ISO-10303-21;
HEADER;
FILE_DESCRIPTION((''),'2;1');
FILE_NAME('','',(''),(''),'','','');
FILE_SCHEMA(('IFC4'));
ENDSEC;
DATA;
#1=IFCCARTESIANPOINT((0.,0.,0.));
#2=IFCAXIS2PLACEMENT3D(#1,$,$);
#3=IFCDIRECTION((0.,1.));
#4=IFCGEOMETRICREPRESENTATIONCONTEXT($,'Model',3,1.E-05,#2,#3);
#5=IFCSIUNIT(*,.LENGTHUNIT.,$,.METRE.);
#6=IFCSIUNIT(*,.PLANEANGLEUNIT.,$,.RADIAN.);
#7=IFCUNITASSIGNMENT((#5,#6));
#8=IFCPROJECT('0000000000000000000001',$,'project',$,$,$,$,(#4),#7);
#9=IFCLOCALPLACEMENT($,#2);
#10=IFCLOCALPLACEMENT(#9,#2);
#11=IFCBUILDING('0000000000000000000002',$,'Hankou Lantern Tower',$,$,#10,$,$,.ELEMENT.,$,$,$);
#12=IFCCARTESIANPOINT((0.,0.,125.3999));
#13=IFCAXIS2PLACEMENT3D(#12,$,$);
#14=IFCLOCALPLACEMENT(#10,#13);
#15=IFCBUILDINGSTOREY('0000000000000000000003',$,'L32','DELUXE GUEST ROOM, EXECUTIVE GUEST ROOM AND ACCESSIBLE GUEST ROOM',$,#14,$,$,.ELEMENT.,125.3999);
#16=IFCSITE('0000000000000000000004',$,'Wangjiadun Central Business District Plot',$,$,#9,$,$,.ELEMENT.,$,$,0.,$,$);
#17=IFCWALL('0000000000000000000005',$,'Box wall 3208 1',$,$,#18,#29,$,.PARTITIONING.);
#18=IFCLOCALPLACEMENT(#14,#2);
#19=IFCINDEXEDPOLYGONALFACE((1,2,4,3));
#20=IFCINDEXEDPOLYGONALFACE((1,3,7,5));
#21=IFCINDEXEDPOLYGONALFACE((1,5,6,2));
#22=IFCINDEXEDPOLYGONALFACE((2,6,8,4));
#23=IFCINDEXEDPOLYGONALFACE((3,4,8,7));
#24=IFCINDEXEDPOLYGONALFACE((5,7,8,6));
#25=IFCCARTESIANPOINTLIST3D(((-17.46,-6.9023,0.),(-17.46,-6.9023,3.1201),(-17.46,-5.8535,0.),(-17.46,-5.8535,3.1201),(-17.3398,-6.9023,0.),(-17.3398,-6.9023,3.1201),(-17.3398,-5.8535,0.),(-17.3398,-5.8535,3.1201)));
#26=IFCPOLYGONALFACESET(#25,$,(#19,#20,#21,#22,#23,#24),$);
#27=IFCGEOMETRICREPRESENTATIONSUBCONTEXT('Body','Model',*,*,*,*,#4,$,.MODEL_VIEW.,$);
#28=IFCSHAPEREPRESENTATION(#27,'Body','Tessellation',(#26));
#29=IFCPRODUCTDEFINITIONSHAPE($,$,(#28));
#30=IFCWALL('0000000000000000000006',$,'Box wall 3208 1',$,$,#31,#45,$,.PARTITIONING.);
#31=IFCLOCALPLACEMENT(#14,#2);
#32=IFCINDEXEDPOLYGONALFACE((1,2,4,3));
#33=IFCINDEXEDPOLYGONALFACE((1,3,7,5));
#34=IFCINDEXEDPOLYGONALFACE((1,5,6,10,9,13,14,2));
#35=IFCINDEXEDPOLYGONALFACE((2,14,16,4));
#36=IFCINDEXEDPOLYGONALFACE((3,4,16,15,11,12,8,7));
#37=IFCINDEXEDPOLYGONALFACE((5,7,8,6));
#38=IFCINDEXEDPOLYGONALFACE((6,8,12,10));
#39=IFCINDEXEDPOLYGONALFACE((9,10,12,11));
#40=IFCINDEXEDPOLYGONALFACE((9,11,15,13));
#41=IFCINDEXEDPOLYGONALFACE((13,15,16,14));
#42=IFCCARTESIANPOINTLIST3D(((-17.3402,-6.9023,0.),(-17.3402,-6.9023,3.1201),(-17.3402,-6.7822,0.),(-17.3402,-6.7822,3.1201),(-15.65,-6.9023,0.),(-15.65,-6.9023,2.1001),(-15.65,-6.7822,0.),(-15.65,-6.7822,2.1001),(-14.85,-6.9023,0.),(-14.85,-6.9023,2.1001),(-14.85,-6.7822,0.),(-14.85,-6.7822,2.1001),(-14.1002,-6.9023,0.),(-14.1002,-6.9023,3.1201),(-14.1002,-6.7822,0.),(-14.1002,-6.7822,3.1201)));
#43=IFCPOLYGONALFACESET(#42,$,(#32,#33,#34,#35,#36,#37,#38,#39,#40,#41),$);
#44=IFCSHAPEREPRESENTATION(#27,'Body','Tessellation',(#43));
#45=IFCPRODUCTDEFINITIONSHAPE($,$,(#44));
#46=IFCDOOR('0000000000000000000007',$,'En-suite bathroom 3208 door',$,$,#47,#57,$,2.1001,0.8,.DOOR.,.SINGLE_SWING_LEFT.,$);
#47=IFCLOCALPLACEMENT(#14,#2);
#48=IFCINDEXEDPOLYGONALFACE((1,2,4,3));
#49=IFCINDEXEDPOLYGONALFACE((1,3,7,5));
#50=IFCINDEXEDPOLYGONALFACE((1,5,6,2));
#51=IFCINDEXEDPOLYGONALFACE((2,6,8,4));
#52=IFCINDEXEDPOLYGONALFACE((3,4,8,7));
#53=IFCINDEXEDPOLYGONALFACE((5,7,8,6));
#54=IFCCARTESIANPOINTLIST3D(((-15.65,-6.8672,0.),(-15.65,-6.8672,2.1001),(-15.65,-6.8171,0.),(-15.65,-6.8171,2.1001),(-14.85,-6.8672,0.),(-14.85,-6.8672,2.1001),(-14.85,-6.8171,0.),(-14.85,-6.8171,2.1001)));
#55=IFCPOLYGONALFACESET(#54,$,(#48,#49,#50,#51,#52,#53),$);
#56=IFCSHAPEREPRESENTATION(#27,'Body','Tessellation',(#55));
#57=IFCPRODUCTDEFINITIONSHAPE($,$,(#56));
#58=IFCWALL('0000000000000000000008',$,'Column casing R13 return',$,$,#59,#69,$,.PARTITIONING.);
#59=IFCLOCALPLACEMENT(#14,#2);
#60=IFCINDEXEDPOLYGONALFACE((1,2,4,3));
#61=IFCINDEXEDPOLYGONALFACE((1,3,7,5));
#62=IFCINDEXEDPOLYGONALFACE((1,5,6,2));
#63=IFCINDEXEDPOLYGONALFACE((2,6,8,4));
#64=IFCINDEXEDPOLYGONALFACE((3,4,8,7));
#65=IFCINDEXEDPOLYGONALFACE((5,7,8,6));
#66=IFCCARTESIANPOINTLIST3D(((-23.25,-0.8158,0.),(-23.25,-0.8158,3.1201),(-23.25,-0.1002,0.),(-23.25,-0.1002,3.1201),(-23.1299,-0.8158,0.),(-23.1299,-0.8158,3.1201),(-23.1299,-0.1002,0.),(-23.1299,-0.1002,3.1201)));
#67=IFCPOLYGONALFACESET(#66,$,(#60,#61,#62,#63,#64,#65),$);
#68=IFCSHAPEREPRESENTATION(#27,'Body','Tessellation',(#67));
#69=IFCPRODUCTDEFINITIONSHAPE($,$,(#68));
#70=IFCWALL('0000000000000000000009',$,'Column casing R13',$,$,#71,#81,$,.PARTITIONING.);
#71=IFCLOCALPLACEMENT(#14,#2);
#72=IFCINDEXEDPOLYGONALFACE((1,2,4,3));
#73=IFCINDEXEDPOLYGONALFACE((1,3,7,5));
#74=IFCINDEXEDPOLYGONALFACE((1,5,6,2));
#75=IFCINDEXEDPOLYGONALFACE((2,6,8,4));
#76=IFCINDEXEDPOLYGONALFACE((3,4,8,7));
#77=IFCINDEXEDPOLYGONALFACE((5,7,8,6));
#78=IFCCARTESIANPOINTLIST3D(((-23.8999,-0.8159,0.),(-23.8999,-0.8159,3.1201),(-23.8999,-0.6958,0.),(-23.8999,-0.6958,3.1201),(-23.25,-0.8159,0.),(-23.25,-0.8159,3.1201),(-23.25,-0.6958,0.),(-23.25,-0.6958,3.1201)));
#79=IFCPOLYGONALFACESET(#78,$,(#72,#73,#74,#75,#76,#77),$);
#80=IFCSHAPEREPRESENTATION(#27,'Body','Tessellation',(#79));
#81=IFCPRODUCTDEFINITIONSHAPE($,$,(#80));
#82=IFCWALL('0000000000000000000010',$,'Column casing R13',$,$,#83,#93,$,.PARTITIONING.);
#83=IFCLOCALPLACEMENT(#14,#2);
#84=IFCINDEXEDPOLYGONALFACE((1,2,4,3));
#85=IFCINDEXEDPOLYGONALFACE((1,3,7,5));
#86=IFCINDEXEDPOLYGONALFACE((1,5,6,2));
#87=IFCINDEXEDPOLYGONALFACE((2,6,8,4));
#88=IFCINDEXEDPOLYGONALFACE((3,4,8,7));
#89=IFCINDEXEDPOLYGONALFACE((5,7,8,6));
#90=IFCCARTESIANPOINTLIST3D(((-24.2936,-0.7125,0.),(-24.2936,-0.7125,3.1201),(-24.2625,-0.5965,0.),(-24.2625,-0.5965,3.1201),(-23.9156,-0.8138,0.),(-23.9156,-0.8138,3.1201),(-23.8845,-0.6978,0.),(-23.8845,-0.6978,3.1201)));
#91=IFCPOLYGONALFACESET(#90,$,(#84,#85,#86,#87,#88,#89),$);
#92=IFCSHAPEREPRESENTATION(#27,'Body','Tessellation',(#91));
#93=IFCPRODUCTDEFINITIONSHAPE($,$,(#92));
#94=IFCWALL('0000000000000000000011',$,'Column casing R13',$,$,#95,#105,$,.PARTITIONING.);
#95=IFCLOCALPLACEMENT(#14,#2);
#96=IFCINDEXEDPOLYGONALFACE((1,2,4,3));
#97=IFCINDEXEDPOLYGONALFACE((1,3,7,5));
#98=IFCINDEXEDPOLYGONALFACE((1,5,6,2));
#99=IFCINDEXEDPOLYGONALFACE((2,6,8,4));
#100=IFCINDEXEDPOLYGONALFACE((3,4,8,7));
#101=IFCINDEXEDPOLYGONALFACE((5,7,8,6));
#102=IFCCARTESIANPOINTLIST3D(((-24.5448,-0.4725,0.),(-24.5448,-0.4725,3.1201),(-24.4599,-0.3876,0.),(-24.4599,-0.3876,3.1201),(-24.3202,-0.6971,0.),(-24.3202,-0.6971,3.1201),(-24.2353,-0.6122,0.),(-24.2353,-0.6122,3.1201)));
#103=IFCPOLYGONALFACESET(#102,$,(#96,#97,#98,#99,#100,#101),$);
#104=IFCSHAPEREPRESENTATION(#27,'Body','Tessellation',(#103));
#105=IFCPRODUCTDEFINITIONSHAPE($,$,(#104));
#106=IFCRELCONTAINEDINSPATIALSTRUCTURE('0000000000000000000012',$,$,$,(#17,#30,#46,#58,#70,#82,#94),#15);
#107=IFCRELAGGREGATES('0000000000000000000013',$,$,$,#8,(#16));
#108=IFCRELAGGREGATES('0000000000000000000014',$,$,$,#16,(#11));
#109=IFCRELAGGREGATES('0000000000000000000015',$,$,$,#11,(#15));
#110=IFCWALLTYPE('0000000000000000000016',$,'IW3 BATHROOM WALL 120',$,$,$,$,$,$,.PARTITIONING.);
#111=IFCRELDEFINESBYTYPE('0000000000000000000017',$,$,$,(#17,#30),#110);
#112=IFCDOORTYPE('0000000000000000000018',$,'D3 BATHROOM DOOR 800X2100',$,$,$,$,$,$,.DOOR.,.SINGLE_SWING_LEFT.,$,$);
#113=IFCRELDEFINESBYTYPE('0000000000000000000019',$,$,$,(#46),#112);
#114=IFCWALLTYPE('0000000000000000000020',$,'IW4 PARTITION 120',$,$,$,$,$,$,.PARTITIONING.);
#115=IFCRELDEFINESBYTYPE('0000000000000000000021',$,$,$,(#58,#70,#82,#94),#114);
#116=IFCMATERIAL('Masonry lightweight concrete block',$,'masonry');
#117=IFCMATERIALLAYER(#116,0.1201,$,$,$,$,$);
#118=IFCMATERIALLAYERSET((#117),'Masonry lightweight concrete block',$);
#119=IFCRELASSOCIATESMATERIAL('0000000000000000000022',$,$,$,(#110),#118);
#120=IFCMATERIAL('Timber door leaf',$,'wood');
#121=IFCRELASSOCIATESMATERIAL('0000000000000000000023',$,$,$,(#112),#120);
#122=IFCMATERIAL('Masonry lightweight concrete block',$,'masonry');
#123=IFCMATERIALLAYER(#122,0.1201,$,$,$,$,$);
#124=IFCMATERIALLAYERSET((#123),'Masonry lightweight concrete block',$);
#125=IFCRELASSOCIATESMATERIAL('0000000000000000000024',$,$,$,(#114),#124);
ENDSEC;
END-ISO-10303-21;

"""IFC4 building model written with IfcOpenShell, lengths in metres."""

from ifc_helpers import new_model, si_unit, direction, frame, frame_2d, origin, place, context, subcontext, project, spatial, rectangle, extrude, material, layer, layer_set, type_object, element, fill, save


model = new_model("IFC4")

# Units and contexts
model_context = context("Model", 3, precision=1e-05, world=origin(), true_north=direction((0.0, 1.0)))
body_context = subcontext(model_context, "Body", "Model", "MODEL_VIEW")
ifc_project = project(units=[si_unit("LENGTHUNIT", "METRE"), si_unit("PLANEANGLEUNIT", "RADIAN")], contexts=[model_context])

# Site, building, storey
site_placement = place(None, origin())
site = spatial("IfcSite", under=ifc_project, at=site_placement, Name="Wangjiadun Central Business District Plot", CompositionType="ELEMENT", RefElevation=0.0)
building_placement = place(site_placement, origin())
building = spatial("IfcBuilding", under=site, at=building_placement, Name="Hankou Lantern Tower", CompositionType="ELEMENT")
storey_placement = place(building_placement, frame((0.0, 0.0, 125.3999)))
storey = spatial("IfcBuildingStorey", under=building, at=storey_placement, Name="L32", Description="DELUXE GUEST ROOM, EXECUTIVE GUEST ROOM AND ACCESSIBLE GUEST ROOM", CompositionType="ELEMENT", Elevation=125.3999)

# Shared definitions
ifc_material_1 = material(Name="Masonry lightweight concrete block", Category="masonry")
ifc_layer_1 = layer(ifc_material_1, 0.1201)
ifc_layer_set_1 = layer_set([ifc_layer_1], Name="Masonry lightweight concrete block")
wall_type_1 = type_object("IfcWallType", Name="IW3 BATHROOM WALL 120", PredefinedType="PARTITIONING", material=ifc_layer_set_1)

# Shared definitions
ifc_material_2 = material(Name="Timber door leaf", Category="wood")
door_type = type_object("IfcDoorType", Name="D3 BATHROOM DOOR 800X2100", OperationType="SINGLE_SWING_LEFT", PredefinedType="DOOR", material=ifc_material_2)

# Wall
wall_1_placement = place(storey_placement, frame((-17.3999, -5.8535, 0.0), z_axis=(0.0, 0.0, 1.0), x_axis=(0.0, -1.0, 0.0)))
element("IfcWall", 1, at=wall_1_placement, inside=storey, type_object=wall_type_1, Name="Box wall 3208 1", PredefinedType="PARTITIONING", context=body_context, shape_type="SweptSolid", body=[
    extrude(rectangle(XDim=1.0488, YDim=0.1201, at=frame_2d((0.5244, 0.0))), origin(), (0.0, 0.0, 1.0), 3.1201),
])

# Wall, opening, door
wall_2_placement = place(storey_placement, frame((-14.1001, -6.8423, 0.0), z_axis=(0.0, 0.0, 1.0), x_axis=(-1.0, 0.0, 0.0)))
wall_2 = element("IfcWall", 2, at=wall_2_placement, inside=storey, type_object=wall_type_1, Name="Box wall 3208 1", PredefinedType="PARTITIONING", context=body_context, shape_type="SweptSolid", body=[
    extrude(rectangle(XDim=3.24, YDim=0.1201, at=frame_2d((1.6201, 0.0))), origin(), (0.0, 0.0, 1.0), 3.1201),
])
opening_1_placement = place(wall_2_placement, frame((0.75, 0.0, 0.0)))
opening_1 = element("IfcOpeningElement", 3, at=opening_1_placement, cuts=wall_2, PredefinedType="OPENING", context=body_context, shape_type="SweptSolid", body=[
    extrude(rectangle(XDim=0.8, YDim=2.1001, at=frame_2d((0.3999, 1.05))), frame((0.0, 0.0701, 0.0), z_axis=(0.0, -1.0, 0.0), x_axis=(1.0, 0.0, 0.0)), (0.0, 0.0, 1.0), 0.1401),
])
door_1_placement = place(opening_1_placement, origin())
door_1 = element("IfcDoor", 4, at=door_1_placement, inside=storey, type_object=door_type, Name="En-suite bathroom 3208 door", OperationType="SINGLE_SWING_LEFT", OverallHeight=2.1001, OverallWidth=0.8, PredefinedType="DOOR", context=body_context, shape_type="SweptSolid", body=[
    extrude(rectangle(XDim=0.8, YDim=2.1001, at=frame_2d((0.3999, 1.05))), frame((0.0, 0.0249, 0.0), z_axis=(0.0, -1.0, 0.0), x_axis=(1.0, 0.0, 0.0)), (0.0, 0.0, 1.0), 0.05),
])
fill(opening_1, door_1)

# Walls
ifc_material_3 = material(Name="Masonry lightweight concrete block", Category="masonry")
ifc_layer_2 = layer(ifc_material_3, 0.1201)
ifc_layer_set_2 = layer_set([ifc_layer_2], Name="Masonry lightweight concrete block")
wall_type_2 = type_object("IfcWallType", Name="IW4 PARTITION 120", PredefinedType="PARTITIONING", material=ifc_layer_set_2)
wall_3_placement = place(storey_placement, frame((-23.1899, -0.1001, 0.0), z_axis=(0.0, 0.0, 1.0), x_axis=(0.0, -1.0, 0.0)))
element("IfcWall", 5, at=wall_3_placement, inside=storey, type_object=wall_type_2, Name="Column casing R13 return", PredefinedType="PARTITIONING", context=body_context, shape_type="SweptSolid", body=[
    extrude(rectangle(XDim=0.7156, YDim=0.1201, at=frame_2d((0.3579, 0.0))), origin(), (0.0, 0.0, 1.0), 3.1201),
])
wall_4_placement = place(storey_placement, frame((-23.25, -0.7559, 0.0), z_axis=(0.0, 0.0, 1.0), x_axis=(-1.0, 0.0, 0.0)))
element("IfcWall", 6, at=wall_4_placement, inside=storey, type_object=wall_type_2, Name="Column casing R13", PredefinedType="PARTITIONING", context=body_context, shape_type="SweptSolid", body=[
    extrude(rectangle(XDim=0.6499, YDim=0.1201, at=frame_2d((0.325, 0.0))), origin(), (0.0, 0.0, 1.0), 3.1201),
])
wall_5_placement = place(storey_placement, frame((-23.8999, -0.7559, 0.0), z_axis=(0.0, 0.0, 1.0), x_axis=(-0.965892, 0.258944, 0.0)))
element("IfcWall", 7, at=wall_5_placement, inside=storey, type_object=wall_type_2, Name="Column casing R13", PredefinedType="PARTITIONING", context=body_context, shape_type="SweptSolid", body=[
    extrude(rectangle(XDim=0.3914, YDim=0.1201, at=frame_2d((0.1958, 0.0))), origin(), (0.0, 0.0, 1.0), 3.1201),
])
wall_6_placement = place(storey_placement, frame((-24.2778, -0.6545, 0.0), z_axis=(0.0, 0.0, 1.0), x_axis=(-0.707107, 0.707107, 0.0)))
element("IfcWall", 8, at=wall_6_placement, inside=storey, type_object=wall_type_2, Name="Column casing R13", PredefinedType="PARTITIONING", context=body_context, shape_type="SweptSolid", body=[
    extrude(rectangle(XDim=0.3176, YDim=0.1201, at=frame_2d((0.1587, 0.0))), origin(), (0.0, 0.0, 1.0), 3.1201),
])

save(model, "model.ifc")
